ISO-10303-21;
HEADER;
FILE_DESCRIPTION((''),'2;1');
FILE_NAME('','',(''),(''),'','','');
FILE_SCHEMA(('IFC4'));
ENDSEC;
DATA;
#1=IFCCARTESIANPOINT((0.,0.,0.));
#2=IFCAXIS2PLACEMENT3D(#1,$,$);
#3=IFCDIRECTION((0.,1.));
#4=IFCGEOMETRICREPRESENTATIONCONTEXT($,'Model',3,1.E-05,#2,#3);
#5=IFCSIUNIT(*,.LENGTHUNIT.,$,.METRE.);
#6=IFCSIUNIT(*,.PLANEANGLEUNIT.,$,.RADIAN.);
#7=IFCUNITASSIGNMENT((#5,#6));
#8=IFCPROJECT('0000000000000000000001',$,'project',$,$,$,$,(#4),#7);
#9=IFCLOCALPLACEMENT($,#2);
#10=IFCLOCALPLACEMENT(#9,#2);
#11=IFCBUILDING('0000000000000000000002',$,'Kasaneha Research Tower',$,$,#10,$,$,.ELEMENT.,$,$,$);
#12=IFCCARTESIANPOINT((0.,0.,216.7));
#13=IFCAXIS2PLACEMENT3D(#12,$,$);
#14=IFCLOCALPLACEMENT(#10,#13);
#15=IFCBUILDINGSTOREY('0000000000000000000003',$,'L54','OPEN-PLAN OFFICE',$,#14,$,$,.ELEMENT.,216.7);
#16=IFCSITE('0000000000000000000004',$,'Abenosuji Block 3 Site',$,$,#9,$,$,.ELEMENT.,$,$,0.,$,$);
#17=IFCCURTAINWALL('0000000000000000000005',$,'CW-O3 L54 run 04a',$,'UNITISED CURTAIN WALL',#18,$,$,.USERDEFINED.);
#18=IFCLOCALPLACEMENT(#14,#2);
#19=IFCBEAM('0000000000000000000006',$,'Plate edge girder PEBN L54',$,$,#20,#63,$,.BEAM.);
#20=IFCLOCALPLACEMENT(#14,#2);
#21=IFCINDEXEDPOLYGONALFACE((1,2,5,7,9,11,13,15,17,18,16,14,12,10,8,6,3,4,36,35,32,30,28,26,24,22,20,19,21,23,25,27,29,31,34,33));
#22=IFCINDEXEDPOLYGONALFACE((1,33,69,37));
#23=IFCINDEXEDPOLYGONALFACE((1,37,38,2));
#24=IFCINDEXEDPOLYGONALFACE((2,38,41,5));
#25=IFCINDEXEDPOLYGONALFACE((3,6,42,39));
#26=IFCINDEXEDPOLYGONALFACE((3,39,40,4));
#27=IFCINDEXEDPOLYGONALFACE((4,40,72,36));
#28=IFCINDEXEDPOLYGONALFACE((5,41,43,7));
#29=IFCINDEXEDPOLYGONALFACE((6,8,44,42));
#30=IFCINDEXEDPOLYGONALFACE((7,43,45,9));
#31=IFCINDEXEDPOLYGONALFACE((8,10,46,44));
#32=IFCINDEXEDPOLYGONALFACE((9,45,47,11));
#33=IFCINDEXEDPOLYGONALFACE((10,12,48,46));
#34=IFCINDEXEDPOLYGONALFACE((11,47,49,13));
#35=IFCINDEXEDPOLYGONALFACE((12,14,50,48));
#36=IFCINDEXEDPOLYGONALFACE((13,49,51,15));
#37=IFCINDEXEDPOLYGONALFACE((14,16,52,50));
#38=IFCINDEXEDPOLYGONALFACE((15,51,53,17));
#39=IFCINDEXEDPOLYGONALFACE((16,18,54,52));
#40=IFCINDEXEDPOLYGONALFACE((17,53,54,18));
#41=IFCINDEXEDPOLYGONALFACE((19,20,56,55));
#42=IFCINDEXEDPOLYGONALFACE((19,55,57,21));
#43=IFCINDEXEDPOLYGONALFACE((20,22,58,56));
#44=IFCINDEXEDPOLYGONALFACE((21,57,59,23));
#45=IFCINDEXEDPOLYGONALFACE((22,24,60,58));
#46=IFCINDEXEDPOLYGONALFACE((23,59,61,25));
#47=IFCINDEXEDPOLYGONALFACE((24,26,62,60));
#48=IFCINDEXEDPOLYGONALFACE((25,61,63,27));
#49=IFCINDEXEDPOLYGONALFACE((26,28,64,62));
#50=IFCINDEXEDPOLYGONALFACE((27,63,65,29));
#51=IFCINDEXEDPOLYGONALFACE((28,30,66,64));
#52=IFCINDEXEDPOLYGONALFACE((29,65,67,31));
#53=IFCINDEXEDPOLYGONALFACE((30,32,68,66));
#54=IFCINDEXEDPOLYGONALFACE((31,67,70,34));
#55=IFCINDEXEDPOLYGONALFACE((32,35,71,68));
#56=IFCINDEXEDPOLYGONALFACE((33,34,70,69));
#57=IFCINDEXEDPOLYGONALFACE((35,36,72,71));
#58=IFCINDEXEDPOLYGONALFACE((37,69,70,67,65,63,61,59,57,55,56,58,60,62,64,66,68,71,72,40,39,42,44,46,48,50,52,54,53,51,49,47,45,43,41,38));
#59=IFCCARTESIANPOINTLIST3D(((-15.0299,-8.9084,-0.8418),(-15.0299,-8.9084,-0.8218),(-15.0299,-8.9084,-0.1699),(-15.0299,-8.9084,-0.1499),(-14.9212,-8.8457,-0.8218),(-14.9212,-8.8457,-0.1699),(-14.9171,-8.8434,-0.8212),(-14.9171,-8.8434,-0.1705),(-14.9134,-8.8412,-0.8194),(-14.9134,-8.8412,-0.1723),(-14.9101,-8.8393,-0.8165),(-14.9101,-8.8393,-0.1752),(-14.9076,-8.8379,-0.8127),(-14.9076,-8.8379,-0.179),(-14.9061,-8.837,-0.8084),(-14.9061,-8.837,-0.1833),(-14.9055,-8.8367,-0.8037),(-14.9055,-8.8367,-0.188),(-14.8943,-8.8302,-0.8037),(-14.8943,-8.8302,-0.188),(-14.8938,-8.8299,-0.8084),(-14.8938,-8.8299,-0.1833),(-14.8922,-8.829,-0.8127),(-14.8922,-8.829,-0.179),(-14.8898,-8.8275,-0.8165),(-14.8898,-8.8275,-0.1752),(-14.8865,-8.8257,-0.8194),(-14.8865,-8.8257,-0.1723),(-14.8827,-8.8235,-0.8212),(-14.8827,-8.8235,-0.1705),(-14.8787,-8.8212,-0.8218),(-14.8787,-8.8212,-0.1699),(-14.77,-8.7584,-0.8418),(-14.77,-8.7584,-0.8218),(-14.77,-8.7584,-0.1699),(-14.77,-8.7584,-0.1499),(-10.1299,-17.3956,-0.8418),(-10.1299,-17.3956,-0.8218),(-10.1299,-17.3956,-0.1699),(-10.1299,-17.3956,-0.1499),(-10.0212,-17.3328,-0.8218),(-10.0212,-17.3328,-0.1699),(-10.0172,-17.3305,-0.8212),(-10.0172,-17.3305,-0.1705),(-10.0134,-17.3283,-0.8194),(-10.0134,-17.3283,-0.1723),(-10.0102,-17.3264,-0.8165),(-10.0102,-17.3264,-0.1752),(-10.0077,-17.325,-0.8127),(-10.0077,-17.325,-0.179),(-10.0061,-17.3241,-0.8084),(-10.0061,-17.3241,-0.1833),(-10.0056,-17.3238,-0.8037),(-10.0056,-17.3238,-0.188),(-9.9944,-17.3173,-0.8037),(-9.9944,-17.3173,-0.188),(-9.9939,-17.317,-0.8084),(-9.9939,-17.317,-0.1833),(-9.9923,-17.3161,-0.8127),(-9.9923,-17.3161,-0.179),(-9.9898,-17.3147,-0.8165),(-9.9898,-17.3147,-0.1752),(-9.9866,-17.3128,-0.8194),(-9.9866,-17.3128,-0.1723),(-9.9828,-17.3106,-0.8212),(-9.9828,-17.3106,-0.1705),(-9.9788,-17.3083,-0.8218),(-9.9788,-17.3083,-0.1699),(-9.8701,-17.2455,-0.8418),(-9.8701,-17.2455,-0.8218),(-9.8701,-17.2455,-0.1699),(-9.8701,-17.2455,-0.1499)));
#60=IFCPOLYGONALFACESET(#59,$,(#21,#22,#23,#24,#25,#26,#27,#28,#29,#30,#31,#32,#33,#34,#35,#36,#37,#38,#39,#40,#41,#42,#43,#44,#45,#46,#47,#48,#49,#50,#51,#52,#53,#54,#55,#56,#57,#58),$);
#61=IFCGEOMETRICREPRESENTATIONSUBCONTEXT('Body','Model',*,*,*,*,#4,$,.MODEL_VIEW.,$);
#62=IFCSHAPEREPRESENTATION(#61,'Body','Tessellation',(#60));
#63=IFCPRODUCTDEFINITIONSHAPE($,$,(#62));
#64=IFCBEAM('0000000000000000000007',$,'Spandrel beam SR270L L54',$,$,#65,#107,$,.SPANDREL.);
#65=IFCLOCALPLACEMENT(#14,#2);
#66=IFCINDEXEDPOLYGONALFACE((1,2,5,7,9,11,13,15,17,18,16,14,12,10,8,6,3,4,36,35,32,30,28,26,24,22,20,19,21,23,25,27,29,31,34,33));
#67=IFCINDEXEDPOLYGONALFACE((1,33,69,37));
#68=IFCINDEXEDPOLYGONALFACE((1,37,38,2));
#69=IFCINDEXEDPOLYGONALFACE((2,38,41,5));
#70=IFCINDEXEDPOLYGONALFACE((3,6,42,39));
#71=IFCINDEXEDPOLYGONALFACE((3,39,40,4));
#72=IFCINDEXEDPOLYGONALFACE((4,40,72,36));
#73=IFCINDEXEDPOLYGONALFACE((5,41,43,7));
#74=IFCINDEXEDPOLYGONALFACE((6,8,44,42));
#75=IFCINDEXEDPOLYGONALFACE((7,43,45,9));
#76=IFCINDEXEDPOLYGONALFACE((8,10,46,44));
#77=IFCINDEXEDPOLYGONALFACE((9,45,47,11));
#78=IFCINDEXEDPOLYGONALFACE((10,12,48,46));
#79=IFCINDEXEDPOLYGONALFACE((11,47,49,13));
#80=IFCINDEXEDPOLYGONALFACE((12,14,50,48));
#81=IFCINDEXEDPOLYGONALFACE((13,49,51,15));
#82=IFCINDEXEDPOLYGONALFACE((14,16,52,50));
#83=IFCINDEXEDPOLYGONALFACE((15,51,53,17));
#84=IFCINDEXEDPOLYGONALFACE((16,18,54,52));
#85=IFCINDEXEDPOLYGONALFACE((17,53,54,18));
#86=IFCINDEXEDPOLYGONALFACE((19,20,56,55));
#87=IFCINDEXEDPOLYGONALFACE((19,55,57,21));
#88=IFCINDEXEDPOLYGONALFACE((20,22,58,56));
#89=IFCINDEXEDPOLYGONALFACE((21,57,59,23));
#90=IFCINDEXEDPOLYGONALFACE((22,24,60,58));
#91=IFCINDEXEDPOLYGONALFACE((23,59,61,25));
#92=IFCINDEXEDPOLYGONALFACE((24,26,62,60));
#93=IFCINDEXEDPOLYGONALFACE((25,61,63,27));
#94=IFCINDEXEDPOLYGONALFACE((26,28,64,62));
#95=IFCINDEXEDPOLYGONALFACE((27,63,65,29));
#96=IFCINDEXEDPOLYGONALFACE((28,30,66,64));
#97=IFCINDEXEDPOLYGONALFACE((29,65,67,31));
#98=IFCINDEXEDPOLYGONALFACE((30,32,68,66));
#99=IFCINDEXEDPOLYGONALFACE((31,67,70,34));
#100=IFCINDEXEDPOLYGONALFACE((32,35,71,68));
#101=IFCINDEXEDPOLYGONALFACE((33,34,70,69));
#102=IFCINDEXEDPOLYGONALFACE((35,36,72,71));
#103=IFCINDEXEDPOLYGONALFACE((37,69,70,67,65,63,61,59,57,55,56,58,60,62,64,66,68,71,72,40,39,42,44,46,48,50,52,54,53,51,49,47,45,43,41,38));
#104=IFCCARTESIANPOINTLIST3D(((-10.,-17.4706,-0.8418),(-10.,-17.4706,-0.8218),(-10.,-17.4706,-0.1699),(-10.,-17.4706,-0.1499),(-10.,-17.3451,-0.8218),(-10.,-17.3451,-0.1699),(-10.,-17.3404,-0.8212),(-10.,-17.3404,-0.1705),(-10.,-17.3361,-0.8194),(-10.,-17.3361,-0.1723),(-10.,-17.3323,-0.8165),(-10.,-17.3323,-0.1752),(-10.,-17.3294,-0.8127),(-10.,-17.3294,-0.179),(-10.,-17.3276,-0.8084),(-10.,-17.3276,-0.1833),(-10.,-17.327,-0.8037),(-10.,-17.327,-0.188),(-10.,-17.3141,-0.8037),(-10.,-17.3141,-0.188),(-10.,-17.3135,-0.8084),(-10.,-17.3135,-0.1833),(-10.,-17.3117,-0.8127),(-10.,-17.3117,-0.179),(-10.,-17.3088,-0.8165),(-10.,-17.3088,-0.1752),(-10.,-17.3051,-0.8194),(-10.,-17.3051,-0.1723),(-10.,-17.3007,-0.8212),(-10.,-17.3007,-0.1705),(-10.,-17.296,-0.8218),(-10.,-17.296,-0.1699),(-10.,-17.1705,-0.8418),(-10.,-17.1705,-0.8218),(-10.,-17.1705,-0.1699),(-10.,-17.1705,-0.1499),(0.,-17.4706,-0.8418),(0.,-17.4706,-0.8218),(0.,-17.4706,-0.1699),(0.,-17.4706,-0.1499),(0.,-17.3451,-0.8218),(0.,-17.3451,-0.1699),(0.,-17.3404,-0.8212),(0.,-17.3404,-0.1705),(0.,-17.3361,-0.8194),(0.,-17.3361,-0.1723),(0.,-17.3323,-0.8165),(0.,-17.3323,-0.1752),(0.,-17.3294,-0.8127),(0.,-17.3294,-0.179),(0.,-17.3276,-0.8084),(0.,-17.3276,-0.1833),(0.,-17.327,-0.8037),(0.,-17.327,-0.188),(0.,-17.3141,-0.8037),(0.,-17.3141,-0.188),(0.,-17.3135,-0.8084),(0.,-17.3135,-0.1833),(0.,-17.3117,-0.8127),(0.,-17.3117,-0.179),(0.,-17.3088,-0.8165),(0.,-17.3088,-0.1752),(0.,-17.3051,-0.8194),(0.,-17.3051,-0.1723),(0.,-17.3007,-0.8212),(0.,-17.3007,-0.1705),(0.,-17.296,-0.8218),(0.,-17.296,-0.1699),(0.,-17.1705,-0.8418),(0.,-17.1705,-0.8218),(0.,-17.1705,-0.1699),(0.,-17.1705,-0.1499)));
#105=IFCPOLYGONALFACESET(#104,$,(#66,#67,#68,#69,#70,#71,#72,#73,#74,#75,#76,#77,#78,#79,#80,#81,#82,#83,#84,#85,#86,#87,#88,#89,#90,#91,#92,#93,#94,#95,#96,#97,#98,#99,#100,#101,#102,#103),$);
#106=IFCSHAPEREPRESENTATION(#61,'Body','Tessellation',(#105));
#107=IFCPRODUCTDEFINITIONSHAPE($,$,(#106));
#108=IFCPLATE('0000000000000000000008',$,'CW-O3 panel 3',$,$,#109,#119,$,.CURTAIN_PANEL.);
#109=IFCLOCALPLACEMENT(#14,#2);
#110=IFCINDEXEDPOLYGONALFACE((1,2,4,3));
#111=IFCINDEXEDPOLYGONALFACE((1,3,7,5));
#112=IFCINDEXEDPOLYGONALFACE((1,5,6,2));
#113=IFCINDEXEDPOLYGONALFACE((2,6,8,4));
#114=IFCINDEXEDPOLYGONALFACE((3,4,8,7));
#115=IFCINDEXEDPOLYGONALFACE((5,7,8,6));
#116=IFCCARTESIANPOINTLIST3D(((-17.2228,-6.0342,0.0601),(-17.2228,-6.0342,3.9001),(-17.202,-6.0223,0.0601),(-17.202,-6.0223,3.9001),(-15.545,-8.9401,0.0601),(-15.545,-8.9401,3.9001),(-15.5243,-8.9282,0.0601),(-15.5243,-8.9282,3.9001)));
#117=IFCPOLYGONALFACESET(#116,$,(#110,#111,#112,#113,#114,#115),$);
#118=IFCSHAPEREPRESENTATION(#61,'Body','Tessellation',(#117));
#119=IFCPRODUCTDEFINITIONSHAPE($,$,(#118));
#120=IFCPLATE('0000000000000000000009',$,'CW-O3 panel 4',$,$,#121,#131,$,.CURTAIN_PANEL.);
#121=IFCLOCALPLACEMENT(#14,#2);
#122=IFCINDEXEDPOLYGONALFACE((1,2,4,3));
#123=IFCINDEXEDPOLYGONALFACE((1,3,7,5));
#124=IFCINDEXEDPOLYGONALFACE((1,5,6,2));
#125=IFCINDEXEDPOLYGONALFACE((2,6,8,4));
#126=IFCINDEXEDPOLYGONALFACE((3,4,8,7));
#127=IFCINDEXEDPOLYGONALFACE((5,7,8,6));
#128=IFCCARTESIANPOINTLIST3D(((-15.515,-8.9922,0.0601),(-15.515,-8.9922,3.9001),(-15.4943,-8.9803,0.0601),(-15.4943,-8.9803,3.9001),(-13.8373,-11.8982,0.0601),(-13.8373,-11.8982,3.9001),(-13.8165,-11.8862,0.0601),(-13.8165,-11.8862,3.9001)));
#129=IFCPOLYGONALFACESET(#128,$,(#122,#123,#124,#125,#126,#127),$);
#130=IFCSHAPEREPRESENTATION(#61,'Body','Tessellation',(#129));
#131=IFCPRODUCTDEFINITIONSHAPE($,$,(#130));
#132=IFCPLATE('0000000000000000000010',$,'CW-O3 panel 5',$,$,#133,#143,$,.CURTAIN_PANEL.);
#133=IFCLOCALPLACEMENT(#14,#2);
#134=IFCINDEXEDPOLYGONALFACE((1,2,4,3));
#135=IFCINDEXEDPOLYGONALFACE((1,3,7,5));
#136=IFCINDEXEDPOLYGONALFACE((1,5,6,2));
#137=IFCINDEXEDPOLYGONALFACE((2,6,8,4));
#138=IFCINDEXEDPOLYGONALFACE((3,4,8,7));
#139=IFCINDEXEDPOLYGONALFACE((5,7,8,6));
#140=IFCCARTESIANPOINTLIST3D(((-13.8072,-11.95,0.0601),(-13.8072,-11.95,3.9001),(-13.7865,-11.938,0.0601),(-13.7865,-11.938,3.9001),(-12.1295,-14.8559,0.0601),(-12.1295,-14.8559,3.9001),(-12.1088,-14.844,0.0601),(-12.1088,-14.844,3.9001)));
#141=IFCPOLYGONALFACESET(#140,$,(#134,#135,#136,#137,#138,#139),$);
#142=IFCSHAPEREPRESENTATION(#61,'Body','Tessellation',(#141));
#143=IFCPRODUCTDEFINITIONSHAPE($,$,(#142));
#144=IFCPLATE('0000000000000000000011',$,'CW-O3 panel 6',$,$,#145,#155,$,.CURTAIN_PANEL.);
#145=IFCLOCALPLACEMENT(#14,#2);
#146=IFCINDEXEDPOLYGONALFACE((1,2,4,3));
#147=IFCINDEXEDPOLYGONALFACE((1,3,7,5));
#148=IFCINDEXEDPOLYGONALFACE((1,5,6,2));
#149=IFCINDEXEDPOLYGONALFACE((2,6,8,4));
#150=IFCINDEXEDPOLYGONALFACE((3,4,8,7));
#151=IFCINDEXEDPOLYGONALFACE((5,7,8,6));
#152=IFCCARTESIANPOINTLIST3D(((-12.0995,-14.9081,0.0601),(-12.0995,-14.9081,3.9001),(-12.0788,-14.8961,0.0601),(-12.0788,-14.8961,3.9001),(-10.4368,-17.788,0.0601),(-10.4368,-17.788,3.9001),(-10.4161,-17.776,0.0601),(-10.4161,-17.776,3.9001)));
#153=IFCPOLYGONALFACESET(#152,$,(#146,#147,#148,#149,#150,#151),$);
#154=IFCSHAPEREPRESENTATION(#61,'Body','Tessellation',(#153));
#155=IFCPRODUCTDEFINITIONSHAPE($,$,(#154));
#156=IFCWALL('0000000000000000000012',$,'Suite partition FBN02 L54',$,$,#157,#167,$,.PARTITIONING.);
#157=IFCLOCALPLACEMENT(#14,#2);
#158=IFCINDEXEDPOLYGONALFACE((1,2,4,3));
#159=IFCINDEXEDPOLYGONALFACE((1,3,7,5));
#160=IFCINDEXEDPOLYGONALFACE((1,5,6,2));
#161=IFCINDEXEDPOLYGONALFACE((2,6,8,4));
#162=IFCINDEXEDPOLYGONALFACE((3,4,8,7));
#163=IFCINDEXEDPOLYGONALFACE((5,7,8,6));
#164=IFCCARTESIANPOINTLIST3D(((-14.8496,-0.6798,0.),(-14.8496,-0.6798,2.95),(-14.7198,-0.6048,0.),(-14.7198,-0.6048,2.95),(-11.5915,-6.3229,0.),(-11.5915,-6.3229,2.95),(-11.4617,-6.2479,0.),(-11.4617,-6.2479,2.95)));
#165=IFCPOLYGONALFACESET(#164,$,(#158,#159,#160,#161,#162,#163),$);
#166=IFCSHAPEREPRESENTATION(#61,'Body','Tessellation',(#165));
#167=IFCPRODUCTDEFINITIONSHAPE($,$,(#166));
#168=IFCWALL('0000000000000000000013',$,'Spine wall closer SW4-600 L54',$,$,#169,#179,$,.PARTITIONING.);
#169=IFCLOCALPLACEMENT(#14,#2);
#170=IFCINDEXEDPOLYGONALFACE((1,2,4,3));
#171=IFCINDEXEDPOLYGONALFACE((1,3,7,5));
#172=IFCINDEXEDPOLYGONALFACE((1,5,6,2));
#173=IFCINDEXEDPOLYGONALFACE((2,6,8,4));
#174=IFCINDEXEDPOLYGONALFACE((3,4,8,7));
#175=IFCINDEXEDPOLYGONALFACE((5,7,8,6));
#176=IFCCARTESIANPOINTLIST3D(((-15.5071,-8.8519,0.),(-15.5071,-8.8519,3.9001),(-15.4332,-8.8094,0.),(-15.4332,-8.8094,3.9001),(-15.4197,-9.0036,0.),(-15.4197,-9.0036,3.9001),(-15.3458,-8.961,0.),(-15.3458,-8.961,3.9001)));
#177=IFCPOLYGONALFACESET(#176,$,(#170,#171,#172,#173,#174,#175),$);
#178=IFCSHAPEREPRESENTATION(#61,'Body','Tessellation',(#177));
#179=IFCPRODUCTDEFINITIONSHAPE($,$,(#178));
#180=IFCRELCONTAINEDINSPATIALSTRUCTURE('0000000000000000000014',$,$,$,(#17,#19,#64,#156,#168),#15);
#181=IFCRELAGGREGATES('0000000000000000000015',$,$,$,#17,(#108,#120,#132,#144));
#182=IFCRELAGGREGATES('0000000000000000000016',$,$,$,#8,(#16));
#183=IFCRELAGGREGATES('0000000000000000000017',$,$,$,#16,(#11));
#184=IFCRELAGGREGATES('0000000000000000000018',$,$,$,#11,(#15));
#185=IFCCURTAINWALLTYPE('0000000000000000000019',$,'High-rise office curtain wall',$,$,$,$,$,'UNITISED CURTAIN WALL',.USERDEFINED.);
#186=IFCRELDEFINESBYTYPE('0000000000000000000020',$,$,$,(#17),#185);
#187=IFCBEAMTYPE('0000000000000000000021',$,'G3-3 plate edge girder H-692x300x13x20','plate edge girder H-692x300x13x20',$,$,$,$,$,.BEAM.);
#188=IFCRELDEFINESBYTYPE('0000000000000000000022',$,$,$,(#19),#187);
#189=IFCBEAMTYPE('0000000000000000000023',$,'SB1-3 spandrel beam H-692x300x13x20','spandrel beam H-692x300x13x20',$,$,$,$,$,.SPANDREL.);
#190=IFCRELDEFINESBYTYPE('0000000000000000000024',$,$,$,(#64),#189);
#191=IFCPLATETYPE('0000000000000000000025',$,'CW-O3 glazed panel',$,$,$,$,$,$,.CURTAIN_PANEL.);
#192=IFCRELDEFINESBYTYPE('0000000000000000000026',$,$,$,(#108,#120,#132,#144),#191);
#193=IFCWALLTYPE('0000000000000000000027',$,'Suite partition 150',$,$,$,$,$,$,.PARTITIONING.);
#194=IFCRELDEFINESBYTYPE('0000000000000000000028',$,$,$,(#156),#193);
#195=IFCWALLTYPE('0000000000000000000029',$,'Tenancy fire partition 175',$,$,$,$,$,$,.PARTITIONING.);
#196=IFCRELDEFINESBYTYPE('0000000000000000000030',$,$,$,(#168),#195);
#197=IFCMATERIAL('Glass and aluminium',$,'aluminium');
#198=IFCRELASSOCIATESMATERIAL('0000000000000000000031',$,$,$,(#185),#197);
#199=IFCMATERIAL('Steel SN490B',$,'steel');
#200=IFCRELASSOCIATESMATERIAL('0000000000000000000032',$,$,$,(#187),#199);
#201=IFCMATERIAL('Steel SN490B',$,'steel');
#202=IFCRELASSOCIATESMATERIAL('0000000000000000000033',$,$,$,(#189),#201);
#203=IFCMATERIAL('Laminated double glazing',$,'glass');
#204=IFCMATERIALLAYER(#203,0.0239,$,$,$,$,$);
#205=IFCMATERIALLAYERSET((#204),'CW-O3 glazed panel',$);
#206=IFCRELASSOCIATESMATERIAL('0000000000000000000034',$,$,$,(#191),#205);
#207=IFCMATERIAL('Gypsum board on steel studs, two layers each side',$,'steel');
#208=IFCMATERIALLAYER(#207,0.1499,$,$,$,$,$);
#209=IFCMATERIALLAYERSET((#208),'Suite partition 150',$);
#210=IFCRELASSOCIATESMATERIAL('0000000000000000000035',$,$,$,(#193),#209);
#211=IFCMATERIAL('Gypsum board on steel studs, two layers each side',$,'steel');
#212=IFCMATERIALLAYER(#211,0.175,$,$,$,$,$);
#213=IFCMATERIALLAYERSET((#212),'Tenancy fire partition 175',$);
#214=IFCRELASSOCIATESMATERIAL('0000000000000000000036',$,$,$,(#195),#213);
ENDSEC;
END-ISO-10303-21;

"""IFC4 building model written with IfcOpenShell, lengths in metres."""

from ifc_helpers import new_model, si_unit, direction, frame, frame_2d, origin, origin_2d, place, context, subcontext, project, spatial, rectangle, i_section, extrude, material, layer, layer_set, material_profile, profile_set, type_object, element, aggregate, save


model = new_model("IFC4")

# Units and contexts
model_context = context("Model", 3, precision=1e-05, world=origin(), true_north=direction((0.0, 1.0)))
body_context = subcontext(model_context, "Body", "Model", "MODEL_VIEW")
ifc_project = project(units=[si_unit("LENGTHUNIT", "METRE"), si_unit("PLANEANGLEUNIT", "RADIAN")], contexts=[model_context])

# Site, building, storey
site_placement = place(None, origin())
site = spatial("IfcSite", under=ifc_project, at=site_placement, Name="Abenosuji Block 3 Site", CompositionType="ELEMENT", RefElevation=0.0)
building_placement = place(site_placement, origin())
building = spatial("IfcBuilding", under=site, at=building_placement, Name="Kasaneha Research Tower", CompositionType="ELEMENT")
storey_placement = place(building_placement, frame((0.0, 0.0, 216.7)))
storey = spatial("IfcBuildingStorey", under=building, at=storey_placement, Name="L54", Description="OPEN-PLAN OFFICE", CompositionType="ELEMENT", Elevation=216.7)

# Curtain wall
ifc_material_1 = material(Name="Glass and aluminium", Category="aluminium")
curtain_wall_type = type_object("IfcCurtainWallType", Name="High-rise office curtain wall", ElementType="UNITISED CURTAIN WALL", PredefinedType="USERDEFINED", material=ifc_material_1)
curtain_wall_1_placement = place(storey_placement, origin())
curtain_wall_1 = element("IfcCurtainWall", 1, at=curtain_wall_1_placement, inside=storey, type_object=curtain_wall_type, Name="CW-O3 L54 run 04a", ObjectType="UNITISED CURTAIN WALL", PredefinedType="USERDEFINED")

# Beams
ifc_material_2 = material(Name="Steel SN490B", Category="steel")
ifc_material_profile_1 = material_profile(ifc_material_2, i_section(OverallWidth=0.3, OverallDepth=0.6919, WebThickness=0.0129, FlangeThickness=0.02, FilletRadius=0.0181, at=origin_2d()), Name="H-692x300x13x20")
ifc_profile_set_1 = profile_set([ifc_material_profile_1], Name="Steel SN490B")
beam_type_1 = type_object("IfcBeamType", Name="G3-3 plate edge girder H-692x300x13x20", Description="plate edge girder H-692x300x13x20", PredefinedType="BEAM", material=ifc_profile_set_1)
beam_1_placement = place(storey_placement, frame((-10.0, -17.3206, -0.4958), z_axis=(-0.499992, 0.86603, 0.0), x_axis=(-0.86603, -0.499992, 0.0)))
element("IfcBeam", 2, at=beam_1_placement, inside=storey, type_object=beam_type_1, Name="Plate edge girder PEBN L54", PredefinedType="BEAM", context=body_context, shape_type="SweptSolid", body=[
    extrude(i_section(OverallWidth=0.3, OverallDepth=0.6919, WebThickness=0.0129, FlangeThickness=0.02, FilletRadius=0.0181, at=origin_2d()), origin(), (0.0, 0.0, 1.0), 9.8),
])
ifc_material_3 = material(Name="Steel SN490B", Category="steel")
ifc_material_profile_2 = material_profile(ifc_material_3, i_section(OverallWidth=0.3, OverallDepth=0.6919, WebThickness=0.0129, FlangeThickness=0.02, FilletRadius=0.0181, at=origin_2d()), Name="H-692x300x13x20")
ifc_profile_set_2 = profile_set([ifc_material_profile_2], Name="Steel SN490B")
beam_type_2 = type_object("IfcBeamType", Name="SB1-3 spandrel beam H-692x300x13x20", Description="spandrel beam H-692x300x13x20", PredefinedType="SPANDREL", material=ifc_profile_set_2)
beam_2_placement = place(storey_placement, frame((-10.0, -17.3206, -0.4958), z_axis=(1.0, 0.0, 0.0), x_axis=(0.0, 1.0, 0.0)))
element("IfcBeam", 3, at=beam_2_placement, inside=storey, type_object=beam_type_2, Name="Spandrel beam SR270L L54", PredefinedType="SPANDREL", context=body_context, shape_type="SweptSolid", body=[
    extrude(i_section(OverallWidth=0.3, OverallDepth=0.6919, WebThickness=0.0129, FlangeThickness=0.02, FilletRadius=0.0181, at=origin_2d()), origin(), (0.0, 0.0, 1.0), 10.0),
])

# Plates
ifc_material_4 = material(Name="Laminated double glazing", Category="glass")
ifc_layer_1 = layer(ifc_material_4, 0.0239)
ifc_layer_set_1 = layer_set([ifc_layer_1], Name="CW-O3 glazed panel")
plate_type = type_object("IfcPlateType", Name="CW-O3 glazed panel", PredefinedType="CURTAIN_PANEL", material=ifc_layer_set_1)
plate_1_placement = place(storey_placement, frame((-16.3735, -7.4812, 0.0601), z_axis=(0.0, 0.0, 1.0), x_axis=(0.5, -0.866025, 0.0)))
plate_1 = element("IfcPlate", 4, at=plate_1_placement, type_object=plate_type, Name="CW-O3 panel 3", PredefinedType="CURTAIN_PANEL", context=body_context, shape_type="SweptSolid", body=[
    extrude(rectangle(XDim=3.3555, YDim=0.0239, at=origin_2d()), origin(), (0.0, 0.0, 1.0), 3.8401),
])
plate_2_placement = place(storey_placement, frame((-14.6658, -10.4392, 0.0601), z_axis=(0.0, 0.0, 1.0), x_axis=(0.5, -0.866025, 0.0)))
plate_2 = element("IfcPlate", 5, at=plate_2_placement, type_object=plate_type, Name="CW-O3 panel 4", PredefinedType="CURTAIN_PANEL", context=body_context, shape_type="SweptSolid", body=[
    extrude(rectangle(XDim=3.3555, YDim=0.0239, at=origin_2d()), origin(), (0.0, 0.0, 1.0), 3.8401),
])
plate_3_placement = place(storey_placement, frame((-12.958, -13.397, 0.0601), z_axis=(0.0, 0.0, 1.0), x_axis=(0.5, -0.866025, 0.0)))
plate_3 = element("IfcPlate", 6, at=plate_3_placement, type_object=plate_type, Name="CW-O3 panel 5", PredefinedType="CURTAIN_PANEL", context=body_context, shape_type="SweptSolid", body=[
    extrude(rectangle(XDim=3.3555, YDim=0.0239, at=origin_2d()), origin(), (0.0, 0.0, 1.0), 3.8401),
])
plate_4_placement = place(storey_placement, frame((-11.2578, -16.342, 0.0601), z_axis=(0.0, 0.0, 1.0), x_axis=(0.5, -0.866025, 0.0)))
plate_4 = element("IfcPlate", 7, at=plate_4_placement, type_object=plate_type, Name="CW-O3 panel 6", PredefinedType="CURTAIN_PANEL", context=body_context, shape_type="SweptSolid", body=[
    extrude(rectangle(XDim=3.3254, YDim=0.0239, at=origin_2d()), origin(), (0.0, 0.0, 1.0), 3.8401),
])
aggregate(curtain_wall_1, [plate_1, plate_2, plate_3, plate_4])

# Walls
ifc_material_5 = material(Name="Gypsum board on steel studs, two layers each side", Category="steel")
ifc_layer_2 = layer(ifc_material_5, 0.1499)
ifc_layer_set_2 = layer_set([ifc_layer_2], Name="Suite partition 150")
wall_type_1 = type_object("IfcWallType", Name="Suite partition 150", PredefinedType="PARTITIONING", material=ifc_layer_set_2)
wall_1_placement = place(storey_placement, frame((-11.5266, -6.2854, 0.0), z_axis=(0.0, 0.0, 1.0), x_axis=(-0.500004, 0.866023, 0.0)))
element("IfcWall", 8, at=wall_1_placement, inside=storey, type_object=wall_type_1, Name="Suite partition FBN02 L54", PredefinedType="PARTITIONING", context=body_context, shape_type="SweptSolid", body=[
    extrude(rectangle(XDim=6.5161, YDim=0.1499, at=frame_2d((3.2581, 0.0))), origin(), (0.0, 0.0, 1.0), 2.95),
])
ifc_material_6 = material(Name="Gypsum board on steel studs, two layers each side", Category="steel")
ifc_layer_3 = layer(ifc_material_6, 0.175)
ifc_layer_set_3 = layer_set([ifc_layer_3], Name="Tenancy fire partition 175")
wall_type_2 = type_object("IfcWallType", Name="Tenancy fire partition 175", PredefinedType="PARTITIONING", material=ifc_layer_set_3)
wall_2_placement = place(storey_placement, frame((-15.3896, -8.8853, 0.0), z_axis=(0.0, 0.0, 1.0), x_axis=(-0.866472, -0.499226, 0.0)))
element("IfcWall", 9, at=wall_2_placement, inside=storey, type_object=wall_type_2, Name="Spine wall closer SW4-600 L54", PredefinedType="PARTITIONING", context=body_context, shape_type="SweptSolid", body=[
    extrude(rectangle(XDim=0.0852, YDim=0.175, at=frame_2d((0.0425, 0.0))), origin(), (0.0, 0.0, 1.0), 3.9001),
])

save(model, "model.ifc")
